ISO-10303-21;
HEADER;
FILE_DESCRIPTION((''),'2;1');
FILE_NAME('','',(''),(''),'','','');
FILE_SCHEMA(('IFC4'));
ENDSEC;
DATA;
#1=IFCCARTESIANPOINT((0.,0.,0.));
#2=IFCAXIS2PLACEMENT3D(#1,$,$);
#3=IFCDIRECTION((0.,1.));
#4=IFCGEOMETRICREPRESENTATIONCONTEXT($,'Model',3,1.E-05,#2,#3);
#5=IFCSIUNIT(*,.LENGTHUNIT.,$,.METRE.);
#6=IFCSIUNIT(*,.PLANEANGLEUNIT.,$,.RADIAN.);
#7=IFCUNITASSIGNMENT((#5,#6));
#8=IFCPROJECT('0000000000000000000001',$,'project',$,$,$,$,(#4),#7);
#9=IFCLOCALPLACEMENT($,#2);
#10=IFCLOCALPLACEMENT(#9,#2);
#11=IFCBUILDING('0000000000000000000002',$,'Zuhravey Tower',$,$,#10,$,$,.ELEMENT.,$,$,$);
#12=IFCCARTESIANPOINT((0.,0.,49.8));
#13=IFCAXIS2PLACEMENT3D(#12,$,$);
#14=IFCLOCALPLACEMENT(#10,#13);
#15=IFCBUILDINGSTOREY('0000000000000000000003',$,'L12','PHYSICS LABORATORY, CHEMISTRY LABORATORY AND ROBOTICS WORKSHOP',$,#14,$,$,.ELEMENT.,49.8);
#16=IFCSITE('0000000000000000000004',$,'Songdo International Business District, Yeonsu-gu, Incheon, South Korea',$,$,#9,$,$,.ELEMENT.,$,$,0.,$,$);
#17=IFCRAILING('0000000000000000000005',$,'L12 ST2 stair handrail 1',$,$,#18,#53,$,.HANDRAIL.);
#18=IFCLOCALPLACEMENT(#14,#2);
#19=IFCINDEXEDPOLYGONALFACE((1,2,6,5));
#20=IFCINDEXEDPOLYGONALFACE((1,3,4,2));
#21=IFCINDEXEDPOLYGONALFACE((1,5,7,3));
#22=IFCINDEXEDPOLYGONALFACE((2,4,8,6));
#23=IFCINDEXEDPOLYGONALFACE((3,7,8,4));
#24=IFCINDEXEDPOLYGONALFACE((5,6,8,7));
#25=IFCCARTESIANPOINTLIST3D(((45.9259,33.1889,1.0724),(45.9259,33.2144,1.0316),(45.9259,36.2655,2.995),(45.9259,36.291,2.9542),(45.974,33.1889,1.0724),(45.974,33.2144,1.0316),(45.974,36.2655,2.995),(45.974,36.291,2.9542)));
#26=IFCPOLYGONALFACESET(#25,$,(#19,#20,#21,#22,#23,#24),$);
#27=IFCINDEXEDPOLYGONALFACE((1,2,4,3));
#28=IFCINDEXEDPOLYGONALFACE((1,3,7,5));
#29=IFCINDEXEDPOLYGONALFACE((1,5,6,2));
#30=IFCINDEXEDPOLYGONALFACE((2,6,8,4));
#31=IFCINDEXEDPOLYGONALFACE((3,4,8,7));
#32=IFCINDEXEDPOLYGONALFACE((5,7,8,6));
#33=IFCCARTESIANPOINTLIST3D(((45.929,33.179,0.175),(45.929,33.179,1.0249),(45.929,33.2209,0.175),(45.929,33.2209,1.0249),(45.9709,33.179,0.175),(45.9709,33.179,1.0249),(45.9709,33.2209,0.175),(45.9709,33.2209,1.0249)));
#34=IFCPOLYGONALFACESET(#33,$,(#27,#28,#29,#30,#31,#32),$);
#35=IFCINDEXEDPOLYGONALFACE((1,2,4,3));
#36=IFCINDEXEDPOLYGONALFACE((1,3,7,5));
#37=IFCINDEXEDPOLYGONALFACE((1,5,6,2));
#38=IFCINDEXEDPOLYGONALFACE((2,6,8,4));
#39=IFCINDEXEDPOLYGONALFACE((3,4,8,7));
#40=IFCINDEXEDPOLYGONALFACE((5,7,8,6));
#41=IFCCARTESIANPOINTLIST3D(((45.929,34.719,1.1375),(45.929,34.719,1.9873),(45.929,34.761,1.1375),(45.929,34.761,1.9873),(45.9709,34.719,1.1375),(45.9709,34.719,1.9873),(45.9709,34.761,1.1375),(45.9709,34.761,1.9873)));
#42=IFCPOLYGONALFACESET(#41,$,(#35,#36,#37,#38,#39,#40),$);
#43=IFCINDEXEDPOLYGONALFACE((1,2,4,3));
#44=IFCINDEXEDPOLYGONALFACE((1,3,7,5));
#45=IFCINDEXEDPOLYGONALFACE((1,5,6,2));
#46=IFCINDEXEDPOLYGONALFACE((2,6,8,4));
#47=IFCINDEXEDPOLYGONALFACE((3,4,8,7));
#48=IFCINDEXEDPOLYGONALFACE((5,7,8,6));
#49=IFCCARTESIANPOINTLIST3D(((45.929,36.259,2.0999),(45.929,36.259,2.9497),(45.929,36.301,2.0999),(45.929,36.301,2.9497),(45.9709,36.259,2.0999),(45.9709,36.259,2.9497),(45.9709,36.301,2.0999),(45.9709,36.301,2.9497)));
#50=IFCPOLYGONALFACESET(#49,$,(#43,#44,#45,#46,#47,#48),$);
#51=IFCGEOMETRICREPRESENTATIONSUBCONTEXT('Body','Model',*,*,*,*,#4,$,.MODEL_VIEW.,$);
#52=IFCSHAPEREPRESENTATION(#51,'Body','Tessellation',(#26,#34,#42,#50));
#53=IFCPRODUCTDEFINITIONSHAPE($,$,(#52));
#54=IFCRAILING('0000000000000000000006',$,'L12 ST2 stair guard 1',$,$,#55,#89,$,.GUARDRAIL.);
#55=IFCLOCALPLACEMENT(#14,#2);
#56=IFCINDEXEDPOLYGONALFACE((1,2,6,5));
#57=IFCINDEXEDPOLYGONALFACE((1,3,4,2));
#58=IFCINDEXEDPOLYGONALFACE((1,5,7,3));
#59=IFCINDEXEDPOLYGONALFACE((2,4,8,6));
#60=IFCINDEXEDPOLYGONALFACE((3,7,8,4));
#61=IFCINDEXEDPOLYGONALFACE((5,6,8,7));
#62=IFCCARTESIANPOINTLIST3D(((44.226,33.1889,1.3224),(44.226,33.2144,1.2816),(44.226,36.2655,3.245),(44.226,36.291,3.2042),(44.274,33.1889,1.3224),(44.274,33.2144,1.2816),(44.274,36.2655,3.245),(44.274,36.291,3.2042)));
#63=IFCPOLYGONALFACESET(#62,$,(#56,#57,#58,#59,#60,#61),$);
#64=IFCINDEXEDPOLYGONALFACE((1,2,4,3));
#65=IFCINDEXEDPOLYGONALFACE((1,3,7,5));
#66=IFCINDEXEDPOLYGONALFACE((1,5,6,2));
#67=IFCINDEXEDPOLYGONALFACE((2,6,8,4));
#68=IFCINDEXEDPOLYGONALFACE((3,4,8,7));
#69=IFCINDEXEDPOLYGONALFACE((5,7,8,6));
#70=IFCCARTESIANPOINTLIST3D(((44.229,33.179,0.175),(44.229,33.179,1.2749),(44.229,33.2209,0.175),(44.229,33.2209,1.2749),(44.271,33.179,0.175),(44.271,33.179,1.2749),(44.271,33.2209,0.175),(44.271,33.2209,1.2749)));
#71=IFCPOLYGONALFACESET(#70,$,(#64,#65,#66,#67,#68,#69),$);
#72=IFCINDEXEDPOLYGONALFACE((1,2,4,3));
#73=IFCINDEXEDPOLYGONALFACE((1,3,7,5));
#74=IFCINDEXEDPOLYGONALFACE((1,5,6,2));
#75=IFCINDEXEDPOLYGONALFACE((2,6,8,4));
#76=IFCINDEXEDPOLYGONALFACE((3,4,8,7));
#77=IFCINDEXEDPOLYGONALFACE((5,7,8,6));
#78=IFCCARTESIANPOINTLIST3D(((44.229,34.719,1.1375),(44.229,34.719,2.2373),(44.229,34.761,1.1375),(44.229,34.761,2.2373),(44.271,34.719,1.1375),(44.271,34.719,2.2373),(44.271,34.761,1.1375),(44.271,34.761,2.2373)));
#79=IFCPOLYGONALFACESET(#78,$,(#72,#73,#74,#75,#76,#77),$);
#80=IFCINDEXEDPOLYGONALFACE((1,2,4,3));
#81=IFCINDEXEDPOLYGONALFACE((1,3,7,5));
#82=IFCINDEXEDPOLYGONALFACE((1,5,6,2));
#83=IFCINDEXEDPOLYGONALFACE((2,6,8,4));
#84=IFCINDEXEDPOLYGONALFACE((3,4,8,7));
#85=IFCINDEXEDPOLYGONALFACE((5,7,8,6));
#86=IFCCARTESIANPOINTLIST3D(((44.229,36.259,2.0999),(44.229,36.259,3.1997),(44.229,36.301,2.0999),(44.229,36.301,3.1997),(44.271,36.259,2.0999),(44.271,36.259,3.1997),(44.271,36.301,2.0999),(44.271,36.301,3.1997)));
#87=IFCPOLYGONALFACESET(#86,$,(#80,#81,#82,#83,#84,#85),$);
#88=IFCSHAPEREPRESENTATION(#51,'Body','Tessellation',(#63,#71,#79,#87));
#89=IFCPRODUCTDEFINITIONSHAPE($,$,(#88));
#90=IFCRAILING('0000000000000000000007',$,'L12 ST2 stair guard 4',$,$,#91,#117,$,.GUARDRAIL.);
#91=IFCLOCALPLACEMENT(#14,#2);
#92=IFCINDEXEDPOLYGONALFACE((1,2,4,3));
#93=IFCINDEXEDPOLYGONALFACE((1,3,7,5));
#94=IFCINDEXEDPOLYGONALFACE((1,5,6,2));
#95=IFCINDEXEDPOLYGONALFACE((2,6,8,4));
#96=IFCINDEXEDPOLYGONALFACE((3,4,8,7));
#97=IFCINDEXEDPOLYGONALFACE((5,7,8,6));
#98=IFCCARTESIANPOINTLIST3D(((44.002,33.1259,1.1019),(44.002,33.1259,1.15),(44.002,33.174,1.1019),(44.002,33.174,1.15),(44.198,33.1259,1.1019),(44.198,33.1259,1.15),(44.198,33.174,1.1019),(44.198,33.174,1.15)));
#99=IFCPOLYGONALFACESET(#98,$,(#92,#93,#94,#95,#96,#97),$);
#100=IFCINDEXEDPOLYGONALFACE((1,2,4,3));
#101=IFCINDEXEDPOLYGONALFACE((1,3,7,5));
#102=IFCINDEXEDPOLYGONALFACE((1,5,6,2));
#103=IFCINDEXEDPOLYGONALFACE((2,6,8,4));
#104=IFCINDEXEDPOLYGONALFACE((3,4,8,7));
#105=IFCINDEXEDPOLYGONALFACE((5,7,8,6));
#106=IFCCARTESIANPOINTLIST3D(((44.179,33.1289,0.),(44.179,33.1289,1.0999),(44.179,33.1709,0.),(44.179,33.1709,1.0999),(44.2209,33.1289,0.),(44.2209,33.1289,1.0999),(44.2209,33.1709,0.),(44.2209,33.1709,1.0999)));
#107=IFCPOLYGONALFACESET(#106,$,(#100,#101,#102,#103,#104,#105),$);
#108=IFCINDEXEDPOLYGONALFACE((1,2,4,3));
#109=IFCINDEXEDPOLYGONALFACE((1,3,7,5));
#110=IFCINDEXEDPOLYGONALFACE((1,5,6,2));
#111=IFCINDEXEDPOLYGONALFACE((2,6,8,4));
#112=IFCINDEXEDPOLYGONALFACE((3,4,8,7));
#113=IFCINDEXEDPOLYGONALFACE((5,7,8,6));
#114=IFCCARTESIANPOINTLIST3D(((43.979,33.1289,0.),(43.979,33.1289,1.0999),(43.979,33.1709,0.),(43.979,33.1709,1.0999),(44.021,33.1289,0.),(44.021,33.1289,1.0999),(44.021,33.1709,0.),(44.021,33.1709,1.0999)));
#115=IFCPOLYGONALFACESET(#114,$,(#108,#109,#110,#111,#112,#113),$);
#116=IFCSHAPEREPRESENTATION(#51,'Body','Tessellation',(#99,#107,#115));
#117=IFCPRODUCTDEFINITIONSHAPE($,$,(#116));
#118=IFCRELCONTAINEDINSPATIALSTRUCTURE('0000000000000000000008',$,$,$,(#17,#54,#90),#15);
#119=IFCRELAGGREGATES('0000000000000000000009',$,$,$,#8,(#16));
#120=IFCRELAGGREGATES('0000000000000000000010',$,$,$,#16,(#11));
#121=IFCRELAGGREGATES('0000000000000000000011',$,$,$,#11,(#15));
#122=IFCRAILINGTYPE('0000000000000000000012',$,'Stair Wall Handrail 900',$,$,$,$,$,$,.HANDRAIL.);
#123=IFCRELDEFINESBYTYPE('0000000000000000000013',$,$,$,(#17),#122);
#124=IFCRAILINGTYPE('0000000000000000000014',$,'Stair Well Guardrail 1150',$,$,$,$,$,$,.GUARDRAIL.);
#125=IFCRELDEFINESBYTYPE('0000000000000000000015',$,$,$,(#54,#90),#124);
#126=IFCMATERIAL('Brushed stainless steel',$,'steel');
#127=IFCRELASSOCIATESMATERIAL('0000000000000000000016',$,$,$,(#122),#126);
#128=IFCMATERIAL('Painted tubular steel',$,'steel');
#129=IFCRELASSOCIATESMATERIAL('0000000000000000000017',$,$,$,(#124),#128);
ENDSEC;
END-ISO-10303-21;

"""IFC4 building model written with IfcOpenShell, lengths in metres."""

from ifc_helpers import new_model, si_unit, direction, frame, origin, origin_2d, place, context, subcontext, project, spatial, rectangle, extrude, material, type_object, element, save


model = new_model("IFC4")

# Units and contexts
model_context = context("Model", 3, precision=1e-05, world=origin(), true_north=direction((0.0, 1.0)))
body_context = subcontext(model_context, "Body", "Model", "MODEL_VIEW")
ifc_project = project(units=[si_unit("LENGTHUNIT", "METRE"), si_unit("PLANEANGLEUNIT", "RADIAN")], contexts=[model_context])

# Site, building, storey
site_placement = place(None, origin())
site = spatial("IfcSite", under=ifc_project, at=site_placement, Name="Songdo International Business District, Yeonsu-gu, Incheon, South Korea", CompositionType="ELEMENT", RefElevation=0.0)
building_placement = place(site_placement, origin())
building = spatial("IfcBuilding", under=site, at=building_placement, Name="Zuhravey Tower", CompositionType="ELEMENT")
storey_placement = place(building_placement, frame((0.0, 0.0, 49.8)))
storey = spatial("IfcBuildingStorey", under=building, at=storey_placement, Name="L12", Description="PHYSICS LABORATORY, CHEMISTRY LABORATORY AND ROBOTICS WORKSHOP", CompositionType="ELEMENT", Elevation=49.8)

# Shared definitions
ifc_material_1 = material(Name="Brushed stainless steel", Category="steel")

# Railings
railing_type_1 = type_object("IfcRailingType", Name="Stair Wall Handrail 900", PredefinedType="HANDRAIL", material=ifc_material_1)
railing_1_placement = place(storey_placement, frame((45.95, 33.2, 0.175)))
element("IfcRailing", 1, at=railing_1_placement, inside=storey, type_object=railing_type_1, Name="L12 ST2 stair handrail 1", PredefinedType="HANDRAIL", context=body_context, shape_type="SweptSolid", body=[
    extrude(rectangle(XDim=0.0481, YDim=0.0481, at=origin_2d()), frame((0.0, 0.0017, 0.877), z_axis=(0.0, 0.848029, 0.529951), x_axis=(-1.0, 0.0, 0.0)), (0.0, 0.0, 1.0), 3.6279),
    extrude(rectangle(XDim=0.042, YDim=0.042, at=origin_2d()), origin(), (0.0, 0.0, 1.0), 0.8499),
    extrude(rectangle(XDim=0.042, YDim=0.042, at=origin_2d()), frame((0.0, 1.54, 0.9624)), (0.0, 0.0, 1.0), 0.8499),
    extrude(rectangle(XDim=0.042, YDim=0.042, at=origin_2d()), frame((0.0, 3.0801, 1.9248)), (0.0, 0.0, 1.0), 0.8499),
])
ifc_material_2 = material(Name="Painted tubular steel", Category="steel")
railing_type_2 = type_object("IfcRailingType", Name="Stair Well Guardrail 1150", PredefinedType="GUARDRAIL", material=ifc_material_2)
railing_2_placement = place(storey_placement, frame((44.25, 33.2, 0.175)))
element("IfcRailing", 2, at=railing_2_placement, inside=storey, type_object=railing_type_2, Name="L12 ST2 stair guard 1", PredefinedType="GUARDRAIL", context=body_context, shape_type="SweptSolid", body=[
    extrude(rectangle(XDim=0.0481, YDim=0.0481, at=origin_2d()), frame((0.0, 0.0017, 1.127), z_axis=(0.0, 0.848029, 0.529951), x_axis=(-1.0, 0.0, 0.0)), (0.0, 0.0, 1.0), 3.6279),
    extrude(rectangle(XDim=0.042, YDim=0.042, at=origin_2d()), origin(), (0.0, 0.0, 1.0), 1.0999),
    extrude(rectangle(XDim=0.042, YDim=0.042, at=origin_2d()), frame((0.0, 1.54, 0.9624)), (0.0, 0.0, 1.0), 1.0999),
    extrude(rectangle(XDim=0.042, YDim=0.042, at=origin_2d()), frame((0.0, 3.0801, 1.9248)), (0.0, 0.0, 1.0), 1.0999),
])
railing_3_placement = place(storey_placement, frame((44.2, 33.1499, 0.0)))
element("IfcRailing", 3, at=railing_3_placement, inside=storey, type_object=railing_type_2, Name="L12 ST2 stair guard 4", PredefinedType="GUARDRAIL", context=body_context, shape_type="SweptSolid", body=[
    extrude(rectangle(XDim=0.0481, YDim=0.0481, at=origin_2d()), frame((-0.002, 0.0, 1.126), z_axis=(-1.0, 0.0, 0.0), x_axis=(0.0, -1.0, 0.0)), (0.0, 0.0, 1.0), 0.196),
    extrude(rectangle(XDim=0.042, YDim=0.042, at=origin_2d()), origin(), (0.0, 0.0, 1.0), 1.0999),
    extrude(rectangle(XDim=0.042, YDim=0.042, at=origin_2d()), frame((-0.2, 0.0, 0.0)), (0.0, 0.0, 1.0), 1.0999),
])

save(model, "model.ifc")
